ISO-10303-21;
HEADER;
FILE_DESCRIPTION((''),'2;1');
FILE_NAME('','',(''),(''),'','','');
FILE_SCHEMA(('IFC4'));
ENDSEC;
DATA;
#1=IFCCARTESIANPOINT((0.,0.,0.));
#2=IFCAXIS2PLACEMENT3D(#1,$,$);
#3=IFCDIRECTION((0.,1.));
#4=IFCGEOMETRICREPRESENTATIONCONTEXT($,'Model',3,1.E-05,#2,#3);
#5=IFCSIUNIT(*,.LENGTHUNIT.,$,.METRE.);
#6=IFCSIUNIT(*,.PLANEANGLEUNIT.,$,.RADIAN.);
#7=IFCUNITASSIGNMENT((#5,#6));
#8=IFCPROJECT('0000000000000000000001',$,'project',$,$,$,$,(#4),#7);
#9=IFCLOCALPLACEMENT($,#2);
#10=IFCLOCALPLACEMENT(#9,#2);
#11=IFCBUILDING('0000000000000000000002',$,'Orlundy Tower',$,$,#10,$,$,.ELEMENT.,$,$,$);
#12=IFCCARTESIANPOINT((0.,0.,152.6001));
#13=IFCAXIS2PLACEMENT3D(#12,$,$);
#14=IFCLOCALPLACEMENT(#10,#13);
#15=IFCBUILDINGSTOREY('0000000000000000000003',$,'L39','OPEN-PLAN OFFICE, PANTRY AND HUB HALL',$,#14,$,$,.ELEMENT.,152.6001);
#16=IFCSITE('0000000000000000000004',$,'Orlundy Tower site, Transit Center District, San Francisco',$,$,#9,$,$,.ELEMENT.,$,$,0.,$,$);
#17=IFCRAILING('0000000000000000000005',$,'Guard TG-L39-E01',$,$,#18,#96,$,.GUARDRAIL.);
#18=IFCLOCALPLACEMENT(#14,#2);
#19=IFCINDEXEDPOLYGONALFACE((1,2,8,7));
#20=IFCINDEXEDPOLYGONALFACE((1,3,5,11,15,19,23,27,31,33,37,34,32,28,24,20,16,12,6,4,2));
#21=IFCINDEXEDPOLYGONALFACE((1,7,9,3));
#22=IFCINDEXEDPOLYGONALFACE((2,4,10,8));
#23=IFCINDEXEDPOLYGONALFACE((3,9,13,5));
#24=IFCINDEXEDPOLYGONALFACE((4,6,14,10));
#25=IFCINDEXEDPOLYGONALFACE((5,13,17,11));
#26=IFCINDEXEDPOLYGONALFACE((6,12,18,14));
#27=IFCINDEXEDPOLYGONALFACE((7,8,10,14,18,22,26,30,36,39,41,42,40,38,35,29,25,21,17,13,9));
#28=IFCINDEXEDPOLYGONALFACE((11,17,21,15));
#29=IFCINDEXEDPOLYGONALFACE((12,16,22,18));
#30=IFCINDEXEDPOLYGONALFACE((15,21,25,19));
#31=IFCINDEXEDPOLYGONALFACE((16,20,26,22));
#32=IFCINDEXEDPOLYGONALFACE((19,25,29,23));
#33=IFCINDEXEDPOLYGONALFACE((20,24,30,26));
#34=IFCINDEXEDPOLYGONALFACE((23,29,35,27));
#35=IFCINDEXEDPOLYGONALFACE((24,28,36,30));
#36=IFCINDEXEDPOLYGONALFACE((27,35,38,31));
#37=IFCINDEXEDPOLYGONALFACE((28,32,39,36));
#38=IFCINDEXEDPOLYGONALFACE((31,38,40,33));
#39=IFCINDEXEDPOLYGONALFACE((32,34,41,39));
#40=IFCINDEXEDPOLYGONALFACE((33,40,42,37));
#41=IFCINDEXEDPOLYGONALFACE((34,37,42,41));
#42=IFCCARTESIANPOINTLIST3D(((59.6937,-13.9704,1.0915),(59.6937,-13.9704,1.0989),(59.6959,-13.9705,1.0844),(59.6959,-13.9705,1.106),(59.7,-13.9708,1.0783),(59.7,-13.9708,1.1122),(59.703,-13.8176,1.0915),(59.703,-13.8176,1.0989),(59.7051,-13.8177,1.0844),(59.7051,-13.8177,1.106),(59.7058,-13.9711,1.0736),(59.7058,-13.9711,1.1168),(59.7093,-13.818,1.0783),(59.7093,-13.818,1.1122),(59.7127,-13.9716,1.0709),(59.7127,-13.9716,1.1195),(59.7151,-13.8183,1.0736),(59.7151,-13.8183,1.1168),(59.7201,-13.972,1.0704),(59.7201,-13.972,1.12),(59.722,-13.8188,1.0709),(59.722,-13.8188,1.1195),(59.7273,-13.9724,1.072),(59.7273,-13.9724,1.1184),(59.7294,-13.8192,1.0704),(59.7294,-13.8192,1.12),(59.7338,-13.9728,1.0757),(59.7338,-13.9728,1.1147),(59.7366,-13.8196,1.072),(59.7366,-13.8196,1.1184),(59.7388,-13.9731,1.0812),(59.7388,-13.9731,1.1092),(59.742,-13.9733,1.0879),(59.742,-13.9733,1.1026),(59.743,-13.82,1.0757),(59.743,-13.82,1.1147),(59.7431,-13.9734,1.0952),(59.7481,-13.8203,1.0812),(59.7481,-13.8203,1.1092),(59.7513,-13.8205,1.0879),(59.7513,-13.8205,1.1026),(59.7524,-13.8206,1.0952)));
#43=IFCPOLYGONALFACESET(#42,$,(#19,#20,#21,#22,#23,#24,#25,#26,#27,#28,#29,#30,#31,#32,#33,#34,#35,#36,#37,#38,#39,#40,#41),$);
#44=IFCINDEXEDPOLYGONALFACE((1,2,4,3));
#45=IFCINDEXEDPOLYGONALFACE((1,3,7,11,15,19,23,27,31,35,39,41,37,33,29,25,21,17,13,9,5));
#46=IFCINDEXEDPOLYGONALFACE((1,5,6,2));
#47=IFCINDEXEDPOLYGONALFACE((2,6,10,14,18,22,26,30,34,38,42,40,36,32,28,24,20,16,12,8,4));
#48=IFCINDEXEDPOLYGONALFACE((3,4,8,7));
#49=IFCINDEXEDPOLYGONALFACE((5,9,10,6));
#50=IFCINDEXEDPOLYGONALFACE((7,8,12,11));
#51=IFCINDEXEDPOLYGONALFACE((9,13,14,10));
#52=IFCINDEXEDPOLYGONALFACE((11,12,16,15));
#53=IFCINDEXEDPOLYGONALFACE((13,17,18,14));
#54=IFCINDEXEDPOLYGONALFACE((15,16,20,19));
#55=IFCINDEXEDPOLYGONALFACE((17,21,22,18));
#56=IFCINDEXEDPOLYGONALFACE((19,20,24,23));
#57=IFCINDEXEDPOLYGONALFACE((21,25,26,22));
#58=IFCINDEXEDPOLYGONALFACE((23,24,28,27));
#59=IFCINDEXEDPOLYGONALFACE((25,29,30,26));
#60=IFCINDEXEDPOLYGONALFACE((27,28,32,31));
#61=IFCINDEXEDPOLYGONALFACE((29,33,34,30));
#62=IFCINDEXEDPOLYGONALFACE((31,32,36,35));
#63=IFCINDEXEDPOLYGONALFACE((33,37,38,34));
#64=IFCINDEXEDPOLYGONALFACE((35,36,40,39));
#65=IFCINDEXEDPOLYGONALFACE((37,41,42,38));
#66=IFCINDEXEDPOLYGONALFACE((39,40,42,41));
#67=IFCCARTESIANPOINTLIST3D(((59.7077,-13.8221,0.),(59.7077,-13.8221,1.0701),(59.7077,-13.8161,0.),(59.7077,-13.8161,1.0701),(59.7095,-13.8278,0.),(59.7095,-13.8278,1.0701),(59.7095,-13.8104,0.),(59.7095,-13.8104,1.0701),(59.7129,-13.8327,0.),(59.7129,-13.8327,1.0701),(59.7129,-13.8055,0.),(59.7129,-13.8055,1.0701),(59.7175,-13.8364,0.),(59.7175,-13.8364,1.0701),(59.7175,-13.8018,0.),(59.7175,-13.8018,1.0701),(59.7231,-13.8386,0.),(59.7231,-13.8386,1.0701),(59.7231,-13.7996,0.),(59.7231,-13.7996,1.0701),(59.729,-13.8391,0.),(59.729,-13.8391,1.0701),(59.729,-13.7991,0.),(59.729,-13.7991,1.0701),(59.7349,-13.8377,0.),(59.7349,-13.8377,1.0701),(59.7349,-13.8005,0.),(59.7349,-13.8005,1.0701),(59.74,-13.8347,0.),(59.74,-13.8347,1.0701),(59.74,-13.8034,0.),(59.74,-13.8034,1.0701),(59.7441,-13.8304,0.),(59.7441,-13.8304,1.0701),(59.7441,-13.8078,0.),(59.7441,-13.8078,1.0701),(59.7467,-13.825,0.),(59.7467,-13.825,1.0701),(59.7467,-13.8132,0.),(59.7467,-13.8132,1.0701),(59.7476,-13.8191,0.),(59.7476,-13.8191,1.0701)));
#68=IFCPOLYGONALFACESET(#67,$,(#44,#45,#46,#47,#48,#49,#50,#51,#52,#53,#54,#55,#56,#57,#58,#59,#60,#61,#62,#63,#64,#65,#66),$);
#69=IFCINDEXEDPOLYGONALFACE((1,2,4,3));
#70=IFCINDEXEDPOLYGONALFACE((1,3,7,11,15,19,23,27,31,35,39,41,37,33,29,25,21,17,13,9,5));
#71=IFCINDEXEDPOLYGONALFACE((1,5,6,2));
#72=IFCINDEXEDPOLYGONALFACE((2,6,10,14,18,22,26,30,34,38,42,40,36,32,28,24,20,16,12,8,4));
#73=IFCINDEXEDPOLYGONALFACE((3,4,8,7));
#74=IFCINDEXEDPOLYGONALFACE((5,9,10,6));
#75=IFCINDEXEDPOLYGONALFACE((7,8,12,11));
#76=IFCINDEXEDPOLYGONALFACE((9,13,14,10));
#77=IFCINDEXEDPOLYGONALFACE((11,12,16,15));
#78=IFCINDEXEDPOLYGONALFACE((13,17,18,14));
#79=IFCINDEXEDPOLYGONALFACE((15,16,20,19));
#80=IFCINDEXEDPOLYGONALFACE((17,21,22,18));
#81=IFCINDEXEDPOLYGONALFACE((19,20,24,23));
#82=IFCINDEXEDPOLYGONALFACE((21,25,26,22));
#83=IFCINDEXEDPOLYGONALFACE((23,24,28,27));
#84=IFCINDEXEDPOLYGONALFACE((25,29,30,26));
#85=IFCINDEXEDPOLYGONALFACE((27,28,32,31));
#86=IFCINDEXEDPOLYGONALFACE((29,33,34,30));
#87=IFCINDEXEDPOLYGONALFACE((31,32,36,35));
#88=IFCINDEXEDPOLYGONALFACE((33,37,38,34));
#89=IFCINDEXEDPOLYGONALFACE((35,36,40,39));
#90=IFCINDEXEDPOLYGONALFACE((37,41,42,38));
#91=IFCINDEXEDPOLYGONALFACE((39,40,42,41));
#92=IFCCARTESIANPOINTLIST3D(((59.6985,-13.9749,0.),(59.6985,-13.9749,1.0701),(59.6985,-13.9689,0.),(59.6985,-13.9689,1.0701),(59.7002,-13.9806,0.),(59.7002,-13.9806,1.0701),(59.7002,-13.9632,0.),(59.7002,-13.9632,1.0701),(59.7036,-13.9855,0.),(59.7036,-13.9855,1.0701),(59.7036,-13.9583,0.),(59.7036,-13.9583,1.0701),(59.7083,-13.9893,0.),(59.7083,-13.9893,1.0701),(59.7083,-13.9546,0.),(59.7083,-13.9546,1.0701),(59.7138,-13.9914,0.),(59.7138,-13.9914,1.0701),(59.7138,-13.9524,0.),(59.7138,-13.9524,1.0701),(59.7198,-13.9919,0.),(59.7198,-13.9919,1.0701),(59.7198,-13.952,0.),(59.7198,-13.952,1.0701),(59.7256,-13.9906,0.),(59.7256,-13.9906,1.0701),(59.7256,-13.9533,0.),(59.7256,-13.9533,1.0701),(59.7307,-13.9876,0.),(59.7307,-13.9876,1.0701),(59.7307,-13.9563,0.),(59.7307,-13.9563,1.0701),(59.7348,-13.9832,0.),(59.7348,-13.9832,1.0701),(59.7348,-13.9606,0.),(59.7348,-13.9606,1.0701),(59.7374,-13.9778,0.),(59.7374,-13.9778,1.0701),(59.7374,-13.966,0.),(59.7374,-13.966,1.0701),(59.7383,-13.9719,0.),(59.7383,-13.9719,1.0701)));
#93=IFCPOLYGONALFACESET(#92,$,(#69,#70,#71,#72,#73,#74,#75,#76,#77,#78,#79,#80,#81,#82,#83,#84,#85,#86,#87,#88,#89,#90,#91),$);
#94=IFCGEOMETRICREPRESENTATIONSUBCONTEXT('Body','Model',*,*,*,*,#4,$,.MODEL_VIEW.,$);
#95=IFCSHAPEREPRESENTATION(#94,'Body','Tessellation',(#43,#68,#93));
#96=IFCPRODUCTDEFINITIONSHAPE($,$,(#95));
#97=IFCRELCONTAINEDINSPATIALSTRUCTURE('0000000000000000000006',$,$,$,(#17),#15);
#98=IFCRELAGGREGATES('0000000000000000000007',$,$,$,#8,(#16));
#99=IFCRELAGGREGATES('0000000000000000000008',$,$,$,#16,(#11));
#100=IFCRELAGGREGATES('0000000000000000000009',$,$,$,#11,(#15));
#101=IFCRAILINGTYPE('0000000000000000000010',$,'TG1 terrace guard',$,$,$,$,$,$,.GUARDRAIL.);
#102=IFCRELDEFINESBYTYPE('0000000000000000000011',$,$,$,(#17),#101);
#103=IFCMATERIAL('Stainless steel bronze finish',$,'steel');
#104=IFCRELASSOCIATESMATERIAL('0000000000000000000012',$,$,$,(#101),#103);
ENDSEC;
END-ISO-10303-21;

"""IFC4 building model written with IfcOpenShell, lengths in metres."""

from ifc_helpers import new_model, si_unit, direction, frame, origin, origin_2d, place, context, subcontext, project, spatial, circle, extrude, material, type_object, element, save


model = new_model("IFC4")

# Units and contexts
model_context = context("Model", 3, precision=1e-05, world=origin(), true_north=direction((0.0, 1.0)))
body_context = subcontext(model_context, "Body", "Model", "MODEL_VIEW")
ifc_project = project(units=[si_unit("LENGTHUNIT", "METRE"), si_unit("PLANEANGLEUNIT", "RADIAN")], contexts=[model_context])

# Site, building, storey
site_placement = place(None, origin())
site = spatial("IfcSite", under=ifc_project, at=site_placement, Name="Orlundy Tower site, Transit Center District, San Francisco", CompositionType="ELEMENT", RefElevation=0.0)
building_placement = place(site_placement, origin())
building = spatial("IfcBuilding", under=site, at=building_placement, Name="Orlundy Tower", CompositionType="ELEMENT")
storey_placement = place(building_placement, frame((0.0, 0.0, 152.6001)))
storey = spatial("IfcBuildingStorey", under=building, at=storey_placement, Name="L39", Description="OPEN-PLAN OFFICE, PANTRY AND HUB HALL", CompositionType="ELEMENT", Elevation=152.6001)

# Railing
ifc_material_1 = material(Name="Stainless steel bronze finish", Category="steel")
railing_type = type_object("IfcRailingType", Name="TG1 terrace guard", PredefinedType="GUARDRAIL", material=ifc_material_1)
railing_placement = place(storey_placement, frame((59.7275, -13.8191, 0.0)))
element("IfcRailing", 1, at=railing_placement, inside=storey, type_object=railing_type, Name="Guard TG-L39-E01", PredefinedType="GUARDRAIL", context=body_context, shape_type="SweptSolid", body=[
    extrude(circle(Radius=0.0249, at=origin_2d()), frame((0.0, 0.0, 1.0952), z_axis=(-0.060591, -0.998163, 0.0), x_axis=(0.998163, -0.060591, 0.0)), (0.0, 0.0, 1.0), 0.1531),
    extrude(circle(Radius=0.02, at=origin_2d()), origin(), (0.0, 0.0, 1.0), 1.0701),
    extrude(circle(Radius=0.02, at=origin_2d()), frame((-0.0093, -0.1528, 0.0)), (0.0, 0.0, 1.0), 1.0701),
])

save(model, "model.ifc")
